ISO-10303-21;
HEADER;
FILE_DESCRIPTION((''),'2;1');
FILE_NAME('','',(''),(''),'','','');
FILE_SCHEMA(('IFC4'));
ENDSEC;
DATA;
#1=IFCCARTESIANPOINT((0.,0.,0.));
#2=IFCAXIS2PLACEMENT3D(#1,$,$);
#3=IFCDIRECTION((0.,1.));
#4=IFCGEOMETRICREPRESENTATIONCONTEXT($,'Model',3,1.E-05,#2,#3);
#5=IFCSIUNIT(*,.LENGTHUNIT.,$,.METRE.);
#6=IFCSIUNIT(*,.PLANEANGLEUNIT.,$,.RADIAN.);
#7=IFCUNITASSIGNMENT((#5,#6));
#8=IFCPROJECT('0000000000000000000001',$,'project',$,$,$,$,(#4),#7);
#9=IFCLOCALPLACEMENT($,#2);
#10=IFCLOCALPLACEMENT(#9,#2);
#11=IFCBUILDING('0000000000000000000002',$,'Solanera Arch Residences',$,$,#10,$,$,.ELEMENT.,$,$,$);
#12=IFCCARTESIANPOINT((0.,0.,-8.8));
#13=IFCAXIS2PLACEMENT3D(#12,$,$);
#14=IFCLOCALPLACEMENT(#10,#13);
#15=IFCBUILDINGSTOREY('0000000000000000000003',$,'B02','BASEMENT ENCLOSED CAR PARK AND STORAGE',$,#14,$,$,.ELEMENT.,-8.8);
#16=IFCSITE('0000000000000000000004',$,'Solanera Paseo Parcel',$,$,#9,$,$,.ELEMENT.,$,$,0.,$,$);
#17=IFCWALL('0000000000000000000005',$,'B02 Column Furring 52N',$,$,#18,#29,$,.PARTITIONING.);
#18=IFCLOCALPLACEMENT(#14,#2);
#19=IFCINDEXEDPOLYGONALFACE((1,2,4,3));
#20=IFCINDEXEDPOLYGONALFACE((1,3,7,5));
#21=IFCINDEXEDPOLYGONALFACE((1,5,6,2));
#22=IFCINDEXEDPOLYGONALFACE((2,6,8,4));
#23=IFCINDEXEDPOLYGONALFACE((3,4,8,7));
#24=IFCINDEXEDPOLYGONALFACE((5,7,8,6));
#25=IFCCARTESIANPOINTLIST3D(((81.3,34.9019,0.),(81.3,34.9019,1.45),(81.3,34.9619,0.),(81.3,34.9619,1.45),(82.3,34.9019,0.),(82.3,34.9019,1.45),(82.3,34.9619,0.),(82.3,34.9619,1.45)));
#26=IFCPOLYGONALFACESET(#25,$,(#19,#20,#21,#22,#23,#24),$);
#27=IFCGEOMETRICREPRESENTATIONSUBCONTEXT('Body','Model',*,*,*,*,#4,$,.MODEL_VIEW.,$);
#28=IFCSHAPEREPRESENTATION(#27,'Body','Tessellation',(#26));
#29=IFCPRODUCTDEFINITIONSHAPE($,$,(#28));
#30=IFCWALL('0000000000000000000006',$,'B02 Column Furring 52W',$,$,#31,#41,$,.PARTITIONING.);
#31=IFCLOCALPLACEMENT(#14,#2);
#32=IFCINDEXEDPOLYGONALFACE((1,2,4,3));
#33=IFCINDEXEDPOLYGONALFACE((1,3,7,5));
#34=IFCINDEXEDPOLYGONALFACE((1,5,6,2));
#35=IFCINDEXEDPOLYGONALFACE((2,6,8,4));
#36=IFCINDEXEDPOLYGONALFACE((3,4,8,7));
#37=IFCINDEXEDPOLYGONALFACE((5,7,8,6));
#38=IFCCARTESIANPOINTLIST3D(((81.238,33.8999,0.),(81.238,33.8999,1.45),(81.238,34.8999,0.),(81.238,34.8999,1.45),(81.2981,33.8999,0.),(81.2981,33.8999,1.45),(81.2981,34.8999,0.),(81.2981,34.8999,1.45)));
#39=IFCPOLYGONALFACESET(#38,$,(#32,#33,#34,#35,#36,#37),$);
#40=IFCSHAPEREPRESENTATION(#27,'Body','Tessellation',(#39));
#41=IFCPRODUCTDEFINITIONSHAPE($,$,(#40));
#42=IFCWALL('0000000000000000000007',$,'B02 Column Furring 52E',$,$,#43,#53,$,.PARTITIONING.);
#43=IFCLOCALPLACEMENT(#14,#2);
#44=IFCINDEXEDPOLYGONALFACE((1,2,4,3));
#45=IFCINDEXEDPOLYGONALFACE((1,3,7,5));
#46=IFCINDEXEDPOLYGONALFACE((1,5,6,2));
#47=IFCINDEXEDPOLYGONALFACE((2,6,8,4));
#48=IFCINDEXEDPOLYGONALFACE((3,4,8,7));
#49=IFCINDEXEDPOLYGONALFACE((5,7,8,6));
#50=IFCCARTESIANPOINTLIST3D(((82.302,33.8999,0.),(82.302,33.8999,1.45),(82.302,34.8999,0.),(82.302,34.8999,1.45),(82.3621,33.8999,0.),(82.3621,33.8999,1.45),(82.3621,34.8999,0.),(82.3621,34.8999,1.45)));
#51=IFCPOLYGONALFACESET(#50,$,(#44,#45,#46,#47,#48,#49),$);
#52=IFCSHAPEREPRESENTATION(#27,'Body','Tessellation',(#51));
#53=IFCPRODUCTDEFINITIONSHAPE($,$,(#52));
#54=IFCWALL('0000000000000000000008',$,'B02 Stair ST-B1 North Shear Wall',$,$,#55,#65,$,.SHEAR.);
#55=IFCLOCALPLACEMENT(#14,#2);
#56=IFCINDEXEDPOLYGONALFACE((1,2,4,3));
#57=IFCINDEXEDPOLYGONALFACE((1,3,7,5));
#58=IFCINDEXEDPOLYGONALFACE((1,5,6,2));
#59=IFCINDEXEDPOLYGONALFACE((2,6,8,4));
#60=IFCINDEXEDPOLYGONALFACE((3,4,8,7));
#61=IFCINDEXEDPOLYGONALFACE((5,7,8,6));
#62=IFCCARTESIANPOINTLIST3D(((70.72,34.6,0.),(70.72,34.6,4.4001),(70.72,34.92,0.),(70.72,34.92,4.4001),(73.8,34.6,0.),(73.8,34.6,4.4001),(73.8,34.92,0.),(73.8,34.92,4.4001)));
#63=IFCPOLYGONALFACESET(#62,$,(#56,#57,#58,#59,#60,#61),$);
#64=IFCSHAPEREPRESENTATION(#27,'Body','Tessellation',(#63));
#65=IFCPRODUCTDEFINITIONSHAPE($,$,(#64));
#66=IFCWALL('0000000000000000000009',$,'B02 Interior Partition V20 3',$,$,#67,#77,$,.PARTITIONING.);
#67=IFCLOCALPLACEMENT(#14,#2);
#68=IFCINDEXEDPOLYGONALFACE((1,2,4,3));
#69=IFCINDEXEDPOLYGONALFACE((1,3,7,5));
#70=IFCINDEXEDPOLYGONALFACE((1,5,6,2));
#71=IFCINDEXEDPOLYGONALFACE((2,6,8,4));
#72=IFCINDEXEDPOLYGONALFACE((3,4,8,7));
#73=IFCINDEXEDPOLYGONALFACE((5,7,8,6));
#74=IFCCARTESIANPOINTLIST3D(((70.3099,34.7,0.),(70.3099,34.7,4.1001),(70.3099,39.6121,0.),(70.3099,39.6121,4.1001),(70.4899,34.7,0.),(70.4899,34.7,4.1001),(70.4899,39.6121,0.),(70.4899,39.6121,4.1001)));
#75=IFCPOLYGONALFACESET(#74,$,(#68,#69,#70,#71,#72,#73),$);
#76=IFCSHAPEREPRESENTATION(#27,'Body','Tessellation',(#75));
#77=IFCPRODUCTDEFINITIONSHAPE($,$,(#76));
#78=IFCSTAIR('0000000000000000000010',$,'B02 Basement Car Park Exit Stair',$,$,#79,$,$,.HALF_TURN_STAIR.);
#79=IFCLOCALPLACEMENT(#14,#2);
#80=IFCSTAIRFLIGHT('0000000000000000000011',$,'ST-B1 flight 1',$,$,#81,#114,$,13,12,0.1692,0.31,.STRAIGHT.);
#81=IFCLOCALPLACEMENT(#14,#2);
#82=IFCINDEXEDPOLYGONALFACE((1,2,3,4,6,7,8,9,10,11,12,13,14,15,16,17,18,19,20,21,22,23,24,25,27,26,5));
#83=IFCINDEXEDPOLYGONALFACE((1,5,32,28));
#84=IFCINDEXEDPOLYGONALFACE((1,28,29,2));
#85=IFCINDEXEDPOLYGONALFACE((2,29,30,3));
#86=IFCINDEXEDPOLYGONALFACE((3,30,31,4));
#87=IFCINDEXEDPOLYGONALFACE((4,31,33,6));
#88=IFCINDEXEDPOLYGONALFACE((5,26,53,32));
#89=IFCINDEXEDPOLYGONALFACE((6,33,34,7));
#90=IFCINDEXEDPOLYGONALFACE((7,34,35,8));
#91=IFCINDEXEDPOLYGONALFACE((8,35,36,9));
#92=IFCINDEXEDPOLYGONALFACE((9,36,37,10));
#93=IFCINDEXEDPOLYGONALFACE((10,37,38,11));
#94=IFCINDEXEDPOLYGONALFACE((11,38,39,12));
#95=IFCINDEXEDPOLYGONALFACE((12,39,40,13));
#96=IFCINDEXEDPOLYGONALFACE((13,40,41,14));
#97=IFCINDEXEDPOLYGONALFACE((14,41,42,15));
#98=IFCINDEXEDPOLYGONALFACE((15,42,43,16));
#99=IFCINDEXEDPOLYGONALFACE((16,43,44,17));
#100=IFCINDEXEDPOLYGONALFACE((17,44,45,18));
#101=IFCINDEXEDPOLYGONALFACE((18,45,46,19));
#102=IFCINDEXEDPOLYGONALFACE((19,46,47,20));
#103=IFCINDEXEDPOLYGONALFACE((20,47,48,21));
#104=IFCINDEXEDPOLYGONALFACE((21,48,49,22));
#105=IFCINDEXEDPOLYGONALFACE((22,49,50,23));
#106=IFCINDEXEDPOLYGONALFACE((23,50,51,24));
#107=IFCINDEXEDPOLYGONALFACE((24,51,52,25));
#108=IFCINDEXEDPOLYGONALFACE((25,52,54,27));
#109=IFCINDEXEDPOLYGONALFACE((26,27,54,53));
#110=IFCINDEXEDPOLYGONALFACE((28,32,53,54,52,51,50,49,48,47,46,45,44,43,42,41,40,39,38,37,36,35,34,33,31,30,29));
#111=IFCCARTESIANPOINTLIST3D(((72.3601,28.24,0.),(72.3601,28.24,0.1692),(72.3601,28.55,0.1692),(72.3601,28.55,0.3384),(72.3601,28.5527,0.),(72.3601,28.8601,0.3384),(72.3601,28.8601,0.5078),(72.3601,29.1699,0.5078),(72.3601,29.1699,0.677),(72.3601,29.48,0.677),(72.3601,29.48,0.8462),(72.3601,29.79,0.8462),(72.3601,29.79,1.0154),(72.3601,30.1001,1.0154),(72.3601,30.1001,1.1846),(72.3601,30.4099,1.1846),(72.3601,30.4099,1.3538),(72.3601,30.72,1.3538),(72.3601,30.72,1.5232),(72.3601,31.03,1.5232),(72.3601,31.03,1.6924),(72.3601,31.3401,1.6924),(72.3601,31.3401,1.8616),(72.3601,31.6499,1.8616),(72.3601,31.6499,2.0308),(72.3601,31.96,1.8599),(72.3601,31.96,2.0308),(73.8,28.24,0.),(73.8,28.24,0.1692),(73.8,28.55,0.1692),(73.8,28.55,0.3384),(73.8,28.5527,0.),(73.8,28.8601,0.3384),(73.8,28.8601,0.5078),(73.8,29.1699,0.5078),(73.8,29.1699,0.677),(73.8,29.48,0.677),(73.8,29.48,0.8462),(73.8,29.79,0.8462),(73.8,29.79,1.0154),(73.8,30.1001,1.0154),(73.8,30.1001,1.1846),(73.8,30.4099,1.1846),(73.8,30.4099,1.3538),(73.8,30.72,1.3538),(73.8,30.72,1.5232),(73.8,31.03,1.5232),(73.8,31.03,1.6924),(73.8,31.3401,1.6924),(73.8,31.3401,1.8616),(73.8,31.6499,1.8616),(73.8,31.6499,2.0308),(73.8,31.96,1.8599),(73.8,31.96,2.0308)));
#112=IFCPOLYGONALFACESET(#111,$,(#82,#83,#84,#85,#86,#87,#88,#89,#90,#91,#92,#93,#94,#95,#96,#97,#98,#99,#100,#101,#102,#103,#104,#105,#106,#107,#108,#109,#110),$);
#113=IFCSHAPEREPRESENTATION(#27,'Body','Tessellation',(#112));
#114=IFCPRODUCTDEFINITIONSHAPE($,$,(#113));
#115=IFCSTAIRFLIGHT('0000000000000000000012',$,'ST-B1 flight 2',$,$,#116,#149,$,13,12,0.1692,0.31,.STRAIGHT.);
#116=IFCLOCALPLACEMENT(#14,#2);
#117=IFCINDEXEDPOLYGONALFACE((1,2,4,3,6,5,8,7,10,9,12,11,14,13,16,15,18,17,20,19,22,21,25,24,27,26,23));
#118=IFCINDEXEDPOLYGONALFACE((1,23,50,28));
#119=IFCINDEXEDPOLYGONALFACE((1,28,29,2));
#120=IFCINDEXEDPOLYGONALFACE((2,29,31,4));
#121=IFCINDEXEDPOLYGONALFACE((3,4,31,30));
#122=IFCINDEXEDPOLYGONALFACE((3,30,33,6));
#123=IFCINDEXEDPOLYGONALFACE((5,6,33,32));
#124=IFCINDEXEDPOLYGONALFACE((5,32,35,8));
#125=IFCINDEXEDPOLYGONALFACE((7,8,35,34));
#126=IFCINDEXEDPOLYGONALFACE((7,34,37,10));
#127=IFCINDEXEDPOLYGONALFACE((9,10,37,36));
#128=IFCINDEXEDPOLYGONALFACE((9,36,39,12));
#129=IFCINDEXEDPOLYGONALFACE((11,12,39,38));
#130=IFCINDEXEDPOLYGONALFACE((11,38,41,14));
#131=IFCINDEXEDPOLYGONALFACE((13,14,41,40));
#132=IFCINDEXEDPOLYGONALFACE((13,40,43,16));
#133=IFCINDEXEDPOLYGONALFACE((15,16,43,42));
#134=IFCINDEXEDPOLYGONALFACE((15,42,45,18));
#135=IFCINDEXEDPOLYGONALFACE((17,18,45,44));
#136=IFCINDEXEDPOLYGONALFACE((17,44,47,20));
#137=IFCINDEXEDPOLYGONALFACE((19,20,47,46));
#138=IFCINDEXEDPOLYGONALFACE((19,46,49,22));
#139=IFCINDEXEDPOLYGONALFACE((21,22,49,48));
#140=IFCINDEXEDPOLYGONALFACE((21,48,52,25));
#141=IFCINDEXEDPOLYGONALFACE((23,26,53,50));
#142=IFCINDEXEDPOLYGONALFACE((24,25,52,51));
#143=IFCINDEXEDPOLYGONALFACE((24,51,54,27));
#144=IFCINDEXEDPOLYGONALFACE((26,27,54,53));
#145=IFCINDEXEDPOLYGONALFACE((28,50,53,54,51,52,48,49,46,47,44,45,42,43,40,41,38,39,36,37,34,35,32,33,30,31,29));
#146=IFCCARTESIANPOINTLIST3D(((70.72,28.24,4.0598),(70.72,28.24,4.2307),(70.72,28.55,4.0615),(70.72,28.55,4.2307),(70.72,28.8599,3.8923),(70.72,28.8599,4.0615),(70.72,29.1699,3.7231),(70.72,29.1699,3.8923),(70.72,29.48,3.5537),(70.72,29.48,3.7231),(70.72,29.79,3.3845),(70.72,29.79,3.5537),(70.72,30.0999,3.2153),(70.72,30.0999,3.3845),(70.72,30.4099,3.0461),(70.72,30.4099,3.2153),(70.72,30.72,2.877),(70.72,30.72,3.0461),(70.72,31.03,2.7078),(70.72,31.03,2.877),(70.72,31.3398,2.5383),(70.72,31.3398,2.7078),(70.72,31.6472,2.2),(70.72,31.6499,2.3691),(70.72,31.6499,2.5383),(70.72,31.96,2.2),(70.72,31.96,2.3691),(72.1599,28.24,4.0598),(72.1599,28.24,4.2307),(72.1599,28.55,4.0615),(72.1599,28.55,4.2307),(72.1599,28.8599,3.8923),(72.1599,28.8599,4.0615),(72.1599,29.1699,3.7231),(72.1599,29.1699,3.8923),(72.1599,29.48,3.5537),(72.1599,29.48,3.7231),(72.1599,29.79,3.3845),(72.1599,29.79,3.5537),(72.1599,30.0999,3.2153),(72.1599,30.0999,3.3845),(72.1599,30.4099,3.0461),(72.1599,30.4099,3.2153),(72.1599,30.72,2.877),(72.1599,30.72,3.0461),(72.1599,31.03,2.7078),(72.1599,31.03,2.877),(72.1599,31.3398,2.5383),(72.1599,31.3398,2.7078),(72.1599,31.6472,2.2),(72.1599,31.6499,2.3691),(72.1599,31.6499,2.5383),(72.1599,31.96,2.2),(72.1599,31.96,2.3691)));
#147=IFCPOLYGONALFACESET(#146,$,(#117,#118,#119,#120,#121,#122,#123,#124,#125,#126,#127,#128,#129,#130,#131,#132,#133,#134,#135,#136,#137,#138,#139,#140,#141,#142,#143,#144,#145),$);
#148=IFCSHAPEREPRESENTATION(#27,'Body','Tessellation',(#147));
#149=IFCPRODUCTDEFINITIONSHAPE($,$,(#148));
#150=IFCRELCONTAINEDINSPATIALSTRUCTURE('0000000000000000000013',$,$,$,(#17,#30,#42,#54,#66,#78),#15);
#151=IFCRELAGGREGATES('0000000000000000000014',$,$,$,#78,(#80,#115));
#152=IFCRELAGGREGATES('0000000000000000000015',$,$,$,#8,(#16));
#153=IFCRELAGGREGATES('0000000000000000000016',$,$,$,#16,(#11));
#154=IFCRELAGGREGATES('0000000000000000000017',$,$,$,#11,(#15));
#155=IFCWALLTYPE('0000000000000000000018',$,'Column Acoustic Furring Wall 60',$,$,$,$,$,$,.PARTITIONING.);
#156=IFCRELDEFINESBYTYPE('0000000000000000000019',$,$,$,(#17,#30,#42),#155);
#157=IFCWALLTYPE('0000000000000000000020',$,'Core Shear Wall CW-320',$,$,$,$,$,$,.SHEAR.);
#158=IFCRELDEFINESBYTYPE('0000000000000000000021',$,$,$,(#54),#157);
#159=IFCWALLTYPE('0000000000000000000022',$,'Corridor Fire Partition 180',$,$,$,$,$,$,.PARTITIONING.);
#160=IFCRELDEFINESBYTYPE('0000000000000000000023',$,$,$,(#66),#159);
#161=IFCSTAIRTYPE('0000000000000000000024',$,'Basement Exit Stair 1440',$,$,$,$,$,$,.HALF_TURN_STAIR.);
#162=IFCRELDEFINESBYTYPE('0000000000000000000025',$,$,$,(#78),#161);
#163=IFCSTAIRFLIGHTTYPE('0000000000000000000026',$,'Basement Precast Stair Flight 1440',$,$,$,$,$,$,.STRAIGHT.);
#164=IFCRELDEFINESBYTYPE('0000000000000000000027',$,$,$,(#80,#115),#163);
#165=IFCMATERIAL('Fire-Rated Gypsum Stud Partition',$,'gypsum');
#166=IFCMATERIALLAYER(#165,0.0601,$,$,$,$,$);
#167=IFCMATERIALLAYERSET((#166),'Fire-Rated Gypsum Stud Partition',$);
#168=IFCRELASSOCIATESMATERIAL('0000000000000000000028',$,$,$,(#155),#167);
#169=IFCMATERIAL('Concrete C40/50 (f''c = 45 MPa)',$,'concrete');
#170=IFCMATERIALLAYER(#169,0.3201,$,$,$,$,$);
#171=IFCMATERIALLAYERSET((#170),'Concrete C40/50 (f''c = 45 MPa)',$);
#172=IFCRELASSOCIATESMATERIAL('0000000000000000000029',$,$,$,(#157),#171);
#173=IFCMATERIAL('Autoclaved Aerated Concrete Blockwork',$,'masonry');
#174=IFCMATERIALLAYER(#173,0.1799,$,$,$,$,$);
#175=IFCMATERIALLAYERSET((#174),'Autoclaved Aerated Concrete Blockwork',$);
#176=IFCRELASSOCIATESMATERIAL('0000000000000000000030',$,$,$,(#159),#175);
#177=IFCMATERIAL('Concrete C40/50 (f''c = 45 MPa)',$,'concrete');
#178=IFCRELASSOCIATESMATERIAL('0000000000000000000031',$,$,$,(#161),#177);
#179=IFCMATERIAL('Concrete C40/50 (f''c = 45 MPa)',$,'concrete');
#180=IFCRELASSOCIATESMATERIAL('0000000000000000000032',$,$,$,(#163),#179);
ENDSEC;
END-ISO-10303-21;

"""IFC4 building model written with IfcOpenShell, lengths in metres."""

from ifc_helpers import new_model, si_unit, direction, frame, frame_2d, origin, place, context, subcontext, project, spatial, polyline, rectangle, outline, extrude, material, layer, layer_set, type_object, element, aggregate, save


model = new_model("IFC4")

# Units and contexts
model_context = context("Model", 3, precision=1e-05, world=origin(), true_north=direction((0.0, 1.0)))
body_context = subcontext(model_context, "Body", "Model", "MODEL_VIEW")
ifc_project = project(units=[si_unit("LENGTHUNIT", "METRE"), si_unit("PLANEANGLEUNIT", "RADIAN")], contexts=[model_context])

# Site, building, storey
site_placement = place(None, origin())
site = spatial("IfcSite", under=ifc_project, at=site_placement, Name="Solanera Paseo Parcel", CompositionType="ELEMENT", RefElevation=0.0)
building_placement = place(site_placement, origin())
building = spatial("IfcBuilding", under=site, at=building_placement, Name="Solanera Arch Residences", CompositionType="ELEMENT")
storey_placement = place(building_placement, frame((0.0, 0.0, -8.8)))
storey = spatial("IfcBuildingStorey", under=building, at=storey_placement, Name="B02", Description="BASEMENT ENCLOSED CAR PARK AND STORAGE", CompositionType="ELEMENT", Elevation=-8.8)

# Walls
ifc_material_1 = material(Name="Fire-Rated Gypsum Stud Partition", Category="gypsum")
ifc_layer_1 = layer(ifc_material_1, 0.0601)
ifc_layer_set_1 = layer_set([ifc_layer_1], Name="Fire-Rated Gypsum Stud Partition")
wall_type_1 = type_object("IfcWallType", Name="Column Acoustic Furring Wall 60", PredefinedType="PARTITIONING", material=ifc_layer_set_1)
for number, where, z_axis, x_axis, name in (
    (1, (81.3, 34.9319, 0.0), (0.0, 0.0, 1.0), (1.0, 0.0, 0.0), "B02 Column Furring 52N"),
    (2, (81.2681, 33.8999, 0.0), (0.0, 0.0, 1.0), (0.0, 1.0, 0.0), "B02 Column Furring 52W"),
    (3, (82.332, 33.8999, 0.0), (0.0, 0.0, 1.0), (0.0, 1.0, 0.0), "B02 Column Furring 52E"),
):
    element("IfcWall", number, at=place(storey_placement, frame(where, z_axis=z_axis, x_axis=x_axis)), inside=storey, type_object=wall_type_1, Name=name, PredefinedType="PARTITIONING", context=body_context, shape_type="SweptSolid", body=[
        extrude(rectangle(XDim=1.0, YDim=0.0601, at=frame_2d((0.5, 0.0))), origin(), (0.0, 0.0, 1.0), 1.45),
    ])
ifc_material_2 = material(Name="Concrete C40/50 (f'c = 45 MPa)", Category="concrete")
ifc_layer_2 = layer(ifc_material_2, 0.3201)
ifc_layer_set_2 = layer_set([ifc_layer_2], Name="Concrete C40/50 (f'c = 45 MPa)")
wall_type_2 = type_object("IfcWallType", Name="Core Shear Wall CW-320", PredefinedType="SHEAR", material=ifc_layer_set_2)
wall_1_placement = place(storey_placement, frame((70.72, 34.76, 0.0), z_axis=(0.0, 0.0, 1.0), x_axis=(1.0, 0.0, 0.0)))
element("IfcWall", 4, at=wall_1_placement, inside=storey, type_object=wall_type_2, Name="B02 Stair ST-B1 North Shear Wall", PredefinedType="SHEAR", context=body_context, shape_type="SweptSolid", body=[
    extrude(rectangle(XDim=3.0801, YDim=0.3201, at=frame_2d((1.54, 0.0))), origin(), (0.0, 0.0, 1.0), 4.4001),
])
ifc_material_3 = material(Name="Autoclaved Aerated Concrete Blockwork", Category="masonry")
ifc_layer_3 = layer(ifc_material_3, 0.1799)
ifc_layer_set_3 = layer_set([ifc_layer_3], Name="Autoclaved Aerated Concrete Blockwork")
wall_type_3 = type_object("IfcWallType", Name="Corridor Fire Partition 180", PredefinedType="PARTITIONING", material=ifc_layer_set_3)
wall_2_placement = place(storey_placement, frame((70.3999, 34.7, 0.0), z_axis=(0.0, 0.0, 1.0), x_axis=(0.0, 1.0, 0.0)))
element("IfcWall", 5, at=wall_2_placement, inside=storey, type_object=wall_type_3, Name="B02 Interior Partition V20 3", PredefinedType="PARTITIONING", context=body_context, shape_type="SweptSolid", body=[
    extrude(rectangle(XDim=4.9121, YDim=0.1799, at=frame_2d((2.4561, 0.0))), origin(), (0.0, 0.0, 1.0), 4.1001),
])

# Stair, stair flights
ifc_material_4 = material(Name="Concrete C40/50 (f'c = 45 MPa)", Category="concrete")
stair_type = type_object("IfcStairType", Name="Basement Exit Stair 1440", PredefinedType="HALF_TURN_STAIR", material=ifc_material_4)
stair_placement = place(storey_placement, origin())
stair = element("IfcStair", 6, at=stair_placement, inside=storey, type_object=stair_type, Name="B02 Basement Car Park Exit Stair", PredefinedType="HALF_TURN_STAIR")
ifc_material_5 = material(Name="Concrete C40/50 (f'c = 45 MPa)", Category="concrete")
stair_flight_type = type_object("IfcStairFlightType", Name="Basement Precast Stair Flight 1440", PredefinedType="STRAIGHT", material=ifc_material_5)
stair_flight_1_placement = place(storey_placement, frame((73.0801, 28.24, 0.0), z_axis=(0.0, 0.0, 1.0), x_axis=(0.0, 1.0, 0.0)))
stair_flight_1 = element("IfcStairFlight", 7, at=stair_flight_1_placement, type_object=stair_flight_type, Name="ST-B1 flight 1", NumberOfRisers=13, NumberOfTreads=12, PredefinedType="STRAIGHT", RiserHeight=0.1692, TreadLength=0.31, context=body_context, shape_type="SweptSolid", body=[
    extrude(outline(polyline([(0.0, 0.0), (0.0, 0.1692), (0.3101, 0.1692), (0.3101, 0.3384), (0.6201, 0.3384), (0.6201, 0.5078), (0.9299, 0.5078), (0.9299, 0.677), (1.24, 0.677), (1.24, 0.8462), (1.55, 0.8462), (1.55, 1.0154), (1.8601, 1.0154), (1.8601, 1.1846), (2.1699, 1.1846), (2.1699, 1.3538), (2.48, 1.3538), (2.48, 1.5232), (2.79, 1.5232), (2.79, 1.6924), (3.1001, 1.6924), (3.1001, 1.8616), (3.4099, 1.8616), (3.4099, 2.0308), (3.72, 2.0308), (3.72, 2.2), (3.72, 1.8599), (0.3127, 0.0), (0.0, 0.0)])), frame((0.0, 0.72, 0.0), z_axis=(0.0, -1.0, 0.0), x_axis=(1.0, 0.0, 0.0)), (0.0, 0.0, 1.0), 1.4399),
])
stair_flight_2_placement = place(storey_placement, frame((71.4399, 31.96, 2.2), z_axis=(0.0, 0.0, 1.0), x_axis=(0.0, -1.0, 0.0)))
stair_flight_2 = element("IfcStairFlight", 8, at=stair_flight_2_placement, type_object=stair_flight_type, Name="ST-B1 flight 2", NumberOfRisers=13, NumberOfTreads=12, PredefinedType="STRAIGHT", RiserHeight=0.1692, TreadLength=0.31, context=body_context, shape_type="SweptSolid", body=[
    extrude(outline(polyline([(0.0, 0.0), (0.0, 0.1692), (0.3101, 0.1692), (0.3101, 0.3384), (0.6201, 0.3384), (0.6201, 0.5078), (0.9299, 0.5078), (0.9299, 0.677), (1.24, 0.677), (1.24, 0.8462), (1.55, 0.8462), (1.55, 1.0154), (1.8601, 1.0154), (1.8601, 1.1846), (2.1699, 1.1846), (2.1699, 1.3538), (2.48, 1.3538), (2.48, 1.5232), (2.79, 1.5232), (2.79, 1.6924), (3.1001, 1.6924), (3.1001, 1.8616), (3.4099, 1.8616), (3.4099, 2.0308), (3.72, 2.0308), (3.72, 2.2), (3.72, 1.8599), (0.3127, 0.0), (0.0, 0.0)])), frame((0.0, 0.72, 0.0), z_axis=(0.0, -1.0, 0.0), x_axis=(1.0, 0.0, 0.0)), (0.0, 0.0, 1.0), 1.4399),
])
aggregate(stair, [stair_flight_1, stair_flight_2])

save(model, "model.ifc")
